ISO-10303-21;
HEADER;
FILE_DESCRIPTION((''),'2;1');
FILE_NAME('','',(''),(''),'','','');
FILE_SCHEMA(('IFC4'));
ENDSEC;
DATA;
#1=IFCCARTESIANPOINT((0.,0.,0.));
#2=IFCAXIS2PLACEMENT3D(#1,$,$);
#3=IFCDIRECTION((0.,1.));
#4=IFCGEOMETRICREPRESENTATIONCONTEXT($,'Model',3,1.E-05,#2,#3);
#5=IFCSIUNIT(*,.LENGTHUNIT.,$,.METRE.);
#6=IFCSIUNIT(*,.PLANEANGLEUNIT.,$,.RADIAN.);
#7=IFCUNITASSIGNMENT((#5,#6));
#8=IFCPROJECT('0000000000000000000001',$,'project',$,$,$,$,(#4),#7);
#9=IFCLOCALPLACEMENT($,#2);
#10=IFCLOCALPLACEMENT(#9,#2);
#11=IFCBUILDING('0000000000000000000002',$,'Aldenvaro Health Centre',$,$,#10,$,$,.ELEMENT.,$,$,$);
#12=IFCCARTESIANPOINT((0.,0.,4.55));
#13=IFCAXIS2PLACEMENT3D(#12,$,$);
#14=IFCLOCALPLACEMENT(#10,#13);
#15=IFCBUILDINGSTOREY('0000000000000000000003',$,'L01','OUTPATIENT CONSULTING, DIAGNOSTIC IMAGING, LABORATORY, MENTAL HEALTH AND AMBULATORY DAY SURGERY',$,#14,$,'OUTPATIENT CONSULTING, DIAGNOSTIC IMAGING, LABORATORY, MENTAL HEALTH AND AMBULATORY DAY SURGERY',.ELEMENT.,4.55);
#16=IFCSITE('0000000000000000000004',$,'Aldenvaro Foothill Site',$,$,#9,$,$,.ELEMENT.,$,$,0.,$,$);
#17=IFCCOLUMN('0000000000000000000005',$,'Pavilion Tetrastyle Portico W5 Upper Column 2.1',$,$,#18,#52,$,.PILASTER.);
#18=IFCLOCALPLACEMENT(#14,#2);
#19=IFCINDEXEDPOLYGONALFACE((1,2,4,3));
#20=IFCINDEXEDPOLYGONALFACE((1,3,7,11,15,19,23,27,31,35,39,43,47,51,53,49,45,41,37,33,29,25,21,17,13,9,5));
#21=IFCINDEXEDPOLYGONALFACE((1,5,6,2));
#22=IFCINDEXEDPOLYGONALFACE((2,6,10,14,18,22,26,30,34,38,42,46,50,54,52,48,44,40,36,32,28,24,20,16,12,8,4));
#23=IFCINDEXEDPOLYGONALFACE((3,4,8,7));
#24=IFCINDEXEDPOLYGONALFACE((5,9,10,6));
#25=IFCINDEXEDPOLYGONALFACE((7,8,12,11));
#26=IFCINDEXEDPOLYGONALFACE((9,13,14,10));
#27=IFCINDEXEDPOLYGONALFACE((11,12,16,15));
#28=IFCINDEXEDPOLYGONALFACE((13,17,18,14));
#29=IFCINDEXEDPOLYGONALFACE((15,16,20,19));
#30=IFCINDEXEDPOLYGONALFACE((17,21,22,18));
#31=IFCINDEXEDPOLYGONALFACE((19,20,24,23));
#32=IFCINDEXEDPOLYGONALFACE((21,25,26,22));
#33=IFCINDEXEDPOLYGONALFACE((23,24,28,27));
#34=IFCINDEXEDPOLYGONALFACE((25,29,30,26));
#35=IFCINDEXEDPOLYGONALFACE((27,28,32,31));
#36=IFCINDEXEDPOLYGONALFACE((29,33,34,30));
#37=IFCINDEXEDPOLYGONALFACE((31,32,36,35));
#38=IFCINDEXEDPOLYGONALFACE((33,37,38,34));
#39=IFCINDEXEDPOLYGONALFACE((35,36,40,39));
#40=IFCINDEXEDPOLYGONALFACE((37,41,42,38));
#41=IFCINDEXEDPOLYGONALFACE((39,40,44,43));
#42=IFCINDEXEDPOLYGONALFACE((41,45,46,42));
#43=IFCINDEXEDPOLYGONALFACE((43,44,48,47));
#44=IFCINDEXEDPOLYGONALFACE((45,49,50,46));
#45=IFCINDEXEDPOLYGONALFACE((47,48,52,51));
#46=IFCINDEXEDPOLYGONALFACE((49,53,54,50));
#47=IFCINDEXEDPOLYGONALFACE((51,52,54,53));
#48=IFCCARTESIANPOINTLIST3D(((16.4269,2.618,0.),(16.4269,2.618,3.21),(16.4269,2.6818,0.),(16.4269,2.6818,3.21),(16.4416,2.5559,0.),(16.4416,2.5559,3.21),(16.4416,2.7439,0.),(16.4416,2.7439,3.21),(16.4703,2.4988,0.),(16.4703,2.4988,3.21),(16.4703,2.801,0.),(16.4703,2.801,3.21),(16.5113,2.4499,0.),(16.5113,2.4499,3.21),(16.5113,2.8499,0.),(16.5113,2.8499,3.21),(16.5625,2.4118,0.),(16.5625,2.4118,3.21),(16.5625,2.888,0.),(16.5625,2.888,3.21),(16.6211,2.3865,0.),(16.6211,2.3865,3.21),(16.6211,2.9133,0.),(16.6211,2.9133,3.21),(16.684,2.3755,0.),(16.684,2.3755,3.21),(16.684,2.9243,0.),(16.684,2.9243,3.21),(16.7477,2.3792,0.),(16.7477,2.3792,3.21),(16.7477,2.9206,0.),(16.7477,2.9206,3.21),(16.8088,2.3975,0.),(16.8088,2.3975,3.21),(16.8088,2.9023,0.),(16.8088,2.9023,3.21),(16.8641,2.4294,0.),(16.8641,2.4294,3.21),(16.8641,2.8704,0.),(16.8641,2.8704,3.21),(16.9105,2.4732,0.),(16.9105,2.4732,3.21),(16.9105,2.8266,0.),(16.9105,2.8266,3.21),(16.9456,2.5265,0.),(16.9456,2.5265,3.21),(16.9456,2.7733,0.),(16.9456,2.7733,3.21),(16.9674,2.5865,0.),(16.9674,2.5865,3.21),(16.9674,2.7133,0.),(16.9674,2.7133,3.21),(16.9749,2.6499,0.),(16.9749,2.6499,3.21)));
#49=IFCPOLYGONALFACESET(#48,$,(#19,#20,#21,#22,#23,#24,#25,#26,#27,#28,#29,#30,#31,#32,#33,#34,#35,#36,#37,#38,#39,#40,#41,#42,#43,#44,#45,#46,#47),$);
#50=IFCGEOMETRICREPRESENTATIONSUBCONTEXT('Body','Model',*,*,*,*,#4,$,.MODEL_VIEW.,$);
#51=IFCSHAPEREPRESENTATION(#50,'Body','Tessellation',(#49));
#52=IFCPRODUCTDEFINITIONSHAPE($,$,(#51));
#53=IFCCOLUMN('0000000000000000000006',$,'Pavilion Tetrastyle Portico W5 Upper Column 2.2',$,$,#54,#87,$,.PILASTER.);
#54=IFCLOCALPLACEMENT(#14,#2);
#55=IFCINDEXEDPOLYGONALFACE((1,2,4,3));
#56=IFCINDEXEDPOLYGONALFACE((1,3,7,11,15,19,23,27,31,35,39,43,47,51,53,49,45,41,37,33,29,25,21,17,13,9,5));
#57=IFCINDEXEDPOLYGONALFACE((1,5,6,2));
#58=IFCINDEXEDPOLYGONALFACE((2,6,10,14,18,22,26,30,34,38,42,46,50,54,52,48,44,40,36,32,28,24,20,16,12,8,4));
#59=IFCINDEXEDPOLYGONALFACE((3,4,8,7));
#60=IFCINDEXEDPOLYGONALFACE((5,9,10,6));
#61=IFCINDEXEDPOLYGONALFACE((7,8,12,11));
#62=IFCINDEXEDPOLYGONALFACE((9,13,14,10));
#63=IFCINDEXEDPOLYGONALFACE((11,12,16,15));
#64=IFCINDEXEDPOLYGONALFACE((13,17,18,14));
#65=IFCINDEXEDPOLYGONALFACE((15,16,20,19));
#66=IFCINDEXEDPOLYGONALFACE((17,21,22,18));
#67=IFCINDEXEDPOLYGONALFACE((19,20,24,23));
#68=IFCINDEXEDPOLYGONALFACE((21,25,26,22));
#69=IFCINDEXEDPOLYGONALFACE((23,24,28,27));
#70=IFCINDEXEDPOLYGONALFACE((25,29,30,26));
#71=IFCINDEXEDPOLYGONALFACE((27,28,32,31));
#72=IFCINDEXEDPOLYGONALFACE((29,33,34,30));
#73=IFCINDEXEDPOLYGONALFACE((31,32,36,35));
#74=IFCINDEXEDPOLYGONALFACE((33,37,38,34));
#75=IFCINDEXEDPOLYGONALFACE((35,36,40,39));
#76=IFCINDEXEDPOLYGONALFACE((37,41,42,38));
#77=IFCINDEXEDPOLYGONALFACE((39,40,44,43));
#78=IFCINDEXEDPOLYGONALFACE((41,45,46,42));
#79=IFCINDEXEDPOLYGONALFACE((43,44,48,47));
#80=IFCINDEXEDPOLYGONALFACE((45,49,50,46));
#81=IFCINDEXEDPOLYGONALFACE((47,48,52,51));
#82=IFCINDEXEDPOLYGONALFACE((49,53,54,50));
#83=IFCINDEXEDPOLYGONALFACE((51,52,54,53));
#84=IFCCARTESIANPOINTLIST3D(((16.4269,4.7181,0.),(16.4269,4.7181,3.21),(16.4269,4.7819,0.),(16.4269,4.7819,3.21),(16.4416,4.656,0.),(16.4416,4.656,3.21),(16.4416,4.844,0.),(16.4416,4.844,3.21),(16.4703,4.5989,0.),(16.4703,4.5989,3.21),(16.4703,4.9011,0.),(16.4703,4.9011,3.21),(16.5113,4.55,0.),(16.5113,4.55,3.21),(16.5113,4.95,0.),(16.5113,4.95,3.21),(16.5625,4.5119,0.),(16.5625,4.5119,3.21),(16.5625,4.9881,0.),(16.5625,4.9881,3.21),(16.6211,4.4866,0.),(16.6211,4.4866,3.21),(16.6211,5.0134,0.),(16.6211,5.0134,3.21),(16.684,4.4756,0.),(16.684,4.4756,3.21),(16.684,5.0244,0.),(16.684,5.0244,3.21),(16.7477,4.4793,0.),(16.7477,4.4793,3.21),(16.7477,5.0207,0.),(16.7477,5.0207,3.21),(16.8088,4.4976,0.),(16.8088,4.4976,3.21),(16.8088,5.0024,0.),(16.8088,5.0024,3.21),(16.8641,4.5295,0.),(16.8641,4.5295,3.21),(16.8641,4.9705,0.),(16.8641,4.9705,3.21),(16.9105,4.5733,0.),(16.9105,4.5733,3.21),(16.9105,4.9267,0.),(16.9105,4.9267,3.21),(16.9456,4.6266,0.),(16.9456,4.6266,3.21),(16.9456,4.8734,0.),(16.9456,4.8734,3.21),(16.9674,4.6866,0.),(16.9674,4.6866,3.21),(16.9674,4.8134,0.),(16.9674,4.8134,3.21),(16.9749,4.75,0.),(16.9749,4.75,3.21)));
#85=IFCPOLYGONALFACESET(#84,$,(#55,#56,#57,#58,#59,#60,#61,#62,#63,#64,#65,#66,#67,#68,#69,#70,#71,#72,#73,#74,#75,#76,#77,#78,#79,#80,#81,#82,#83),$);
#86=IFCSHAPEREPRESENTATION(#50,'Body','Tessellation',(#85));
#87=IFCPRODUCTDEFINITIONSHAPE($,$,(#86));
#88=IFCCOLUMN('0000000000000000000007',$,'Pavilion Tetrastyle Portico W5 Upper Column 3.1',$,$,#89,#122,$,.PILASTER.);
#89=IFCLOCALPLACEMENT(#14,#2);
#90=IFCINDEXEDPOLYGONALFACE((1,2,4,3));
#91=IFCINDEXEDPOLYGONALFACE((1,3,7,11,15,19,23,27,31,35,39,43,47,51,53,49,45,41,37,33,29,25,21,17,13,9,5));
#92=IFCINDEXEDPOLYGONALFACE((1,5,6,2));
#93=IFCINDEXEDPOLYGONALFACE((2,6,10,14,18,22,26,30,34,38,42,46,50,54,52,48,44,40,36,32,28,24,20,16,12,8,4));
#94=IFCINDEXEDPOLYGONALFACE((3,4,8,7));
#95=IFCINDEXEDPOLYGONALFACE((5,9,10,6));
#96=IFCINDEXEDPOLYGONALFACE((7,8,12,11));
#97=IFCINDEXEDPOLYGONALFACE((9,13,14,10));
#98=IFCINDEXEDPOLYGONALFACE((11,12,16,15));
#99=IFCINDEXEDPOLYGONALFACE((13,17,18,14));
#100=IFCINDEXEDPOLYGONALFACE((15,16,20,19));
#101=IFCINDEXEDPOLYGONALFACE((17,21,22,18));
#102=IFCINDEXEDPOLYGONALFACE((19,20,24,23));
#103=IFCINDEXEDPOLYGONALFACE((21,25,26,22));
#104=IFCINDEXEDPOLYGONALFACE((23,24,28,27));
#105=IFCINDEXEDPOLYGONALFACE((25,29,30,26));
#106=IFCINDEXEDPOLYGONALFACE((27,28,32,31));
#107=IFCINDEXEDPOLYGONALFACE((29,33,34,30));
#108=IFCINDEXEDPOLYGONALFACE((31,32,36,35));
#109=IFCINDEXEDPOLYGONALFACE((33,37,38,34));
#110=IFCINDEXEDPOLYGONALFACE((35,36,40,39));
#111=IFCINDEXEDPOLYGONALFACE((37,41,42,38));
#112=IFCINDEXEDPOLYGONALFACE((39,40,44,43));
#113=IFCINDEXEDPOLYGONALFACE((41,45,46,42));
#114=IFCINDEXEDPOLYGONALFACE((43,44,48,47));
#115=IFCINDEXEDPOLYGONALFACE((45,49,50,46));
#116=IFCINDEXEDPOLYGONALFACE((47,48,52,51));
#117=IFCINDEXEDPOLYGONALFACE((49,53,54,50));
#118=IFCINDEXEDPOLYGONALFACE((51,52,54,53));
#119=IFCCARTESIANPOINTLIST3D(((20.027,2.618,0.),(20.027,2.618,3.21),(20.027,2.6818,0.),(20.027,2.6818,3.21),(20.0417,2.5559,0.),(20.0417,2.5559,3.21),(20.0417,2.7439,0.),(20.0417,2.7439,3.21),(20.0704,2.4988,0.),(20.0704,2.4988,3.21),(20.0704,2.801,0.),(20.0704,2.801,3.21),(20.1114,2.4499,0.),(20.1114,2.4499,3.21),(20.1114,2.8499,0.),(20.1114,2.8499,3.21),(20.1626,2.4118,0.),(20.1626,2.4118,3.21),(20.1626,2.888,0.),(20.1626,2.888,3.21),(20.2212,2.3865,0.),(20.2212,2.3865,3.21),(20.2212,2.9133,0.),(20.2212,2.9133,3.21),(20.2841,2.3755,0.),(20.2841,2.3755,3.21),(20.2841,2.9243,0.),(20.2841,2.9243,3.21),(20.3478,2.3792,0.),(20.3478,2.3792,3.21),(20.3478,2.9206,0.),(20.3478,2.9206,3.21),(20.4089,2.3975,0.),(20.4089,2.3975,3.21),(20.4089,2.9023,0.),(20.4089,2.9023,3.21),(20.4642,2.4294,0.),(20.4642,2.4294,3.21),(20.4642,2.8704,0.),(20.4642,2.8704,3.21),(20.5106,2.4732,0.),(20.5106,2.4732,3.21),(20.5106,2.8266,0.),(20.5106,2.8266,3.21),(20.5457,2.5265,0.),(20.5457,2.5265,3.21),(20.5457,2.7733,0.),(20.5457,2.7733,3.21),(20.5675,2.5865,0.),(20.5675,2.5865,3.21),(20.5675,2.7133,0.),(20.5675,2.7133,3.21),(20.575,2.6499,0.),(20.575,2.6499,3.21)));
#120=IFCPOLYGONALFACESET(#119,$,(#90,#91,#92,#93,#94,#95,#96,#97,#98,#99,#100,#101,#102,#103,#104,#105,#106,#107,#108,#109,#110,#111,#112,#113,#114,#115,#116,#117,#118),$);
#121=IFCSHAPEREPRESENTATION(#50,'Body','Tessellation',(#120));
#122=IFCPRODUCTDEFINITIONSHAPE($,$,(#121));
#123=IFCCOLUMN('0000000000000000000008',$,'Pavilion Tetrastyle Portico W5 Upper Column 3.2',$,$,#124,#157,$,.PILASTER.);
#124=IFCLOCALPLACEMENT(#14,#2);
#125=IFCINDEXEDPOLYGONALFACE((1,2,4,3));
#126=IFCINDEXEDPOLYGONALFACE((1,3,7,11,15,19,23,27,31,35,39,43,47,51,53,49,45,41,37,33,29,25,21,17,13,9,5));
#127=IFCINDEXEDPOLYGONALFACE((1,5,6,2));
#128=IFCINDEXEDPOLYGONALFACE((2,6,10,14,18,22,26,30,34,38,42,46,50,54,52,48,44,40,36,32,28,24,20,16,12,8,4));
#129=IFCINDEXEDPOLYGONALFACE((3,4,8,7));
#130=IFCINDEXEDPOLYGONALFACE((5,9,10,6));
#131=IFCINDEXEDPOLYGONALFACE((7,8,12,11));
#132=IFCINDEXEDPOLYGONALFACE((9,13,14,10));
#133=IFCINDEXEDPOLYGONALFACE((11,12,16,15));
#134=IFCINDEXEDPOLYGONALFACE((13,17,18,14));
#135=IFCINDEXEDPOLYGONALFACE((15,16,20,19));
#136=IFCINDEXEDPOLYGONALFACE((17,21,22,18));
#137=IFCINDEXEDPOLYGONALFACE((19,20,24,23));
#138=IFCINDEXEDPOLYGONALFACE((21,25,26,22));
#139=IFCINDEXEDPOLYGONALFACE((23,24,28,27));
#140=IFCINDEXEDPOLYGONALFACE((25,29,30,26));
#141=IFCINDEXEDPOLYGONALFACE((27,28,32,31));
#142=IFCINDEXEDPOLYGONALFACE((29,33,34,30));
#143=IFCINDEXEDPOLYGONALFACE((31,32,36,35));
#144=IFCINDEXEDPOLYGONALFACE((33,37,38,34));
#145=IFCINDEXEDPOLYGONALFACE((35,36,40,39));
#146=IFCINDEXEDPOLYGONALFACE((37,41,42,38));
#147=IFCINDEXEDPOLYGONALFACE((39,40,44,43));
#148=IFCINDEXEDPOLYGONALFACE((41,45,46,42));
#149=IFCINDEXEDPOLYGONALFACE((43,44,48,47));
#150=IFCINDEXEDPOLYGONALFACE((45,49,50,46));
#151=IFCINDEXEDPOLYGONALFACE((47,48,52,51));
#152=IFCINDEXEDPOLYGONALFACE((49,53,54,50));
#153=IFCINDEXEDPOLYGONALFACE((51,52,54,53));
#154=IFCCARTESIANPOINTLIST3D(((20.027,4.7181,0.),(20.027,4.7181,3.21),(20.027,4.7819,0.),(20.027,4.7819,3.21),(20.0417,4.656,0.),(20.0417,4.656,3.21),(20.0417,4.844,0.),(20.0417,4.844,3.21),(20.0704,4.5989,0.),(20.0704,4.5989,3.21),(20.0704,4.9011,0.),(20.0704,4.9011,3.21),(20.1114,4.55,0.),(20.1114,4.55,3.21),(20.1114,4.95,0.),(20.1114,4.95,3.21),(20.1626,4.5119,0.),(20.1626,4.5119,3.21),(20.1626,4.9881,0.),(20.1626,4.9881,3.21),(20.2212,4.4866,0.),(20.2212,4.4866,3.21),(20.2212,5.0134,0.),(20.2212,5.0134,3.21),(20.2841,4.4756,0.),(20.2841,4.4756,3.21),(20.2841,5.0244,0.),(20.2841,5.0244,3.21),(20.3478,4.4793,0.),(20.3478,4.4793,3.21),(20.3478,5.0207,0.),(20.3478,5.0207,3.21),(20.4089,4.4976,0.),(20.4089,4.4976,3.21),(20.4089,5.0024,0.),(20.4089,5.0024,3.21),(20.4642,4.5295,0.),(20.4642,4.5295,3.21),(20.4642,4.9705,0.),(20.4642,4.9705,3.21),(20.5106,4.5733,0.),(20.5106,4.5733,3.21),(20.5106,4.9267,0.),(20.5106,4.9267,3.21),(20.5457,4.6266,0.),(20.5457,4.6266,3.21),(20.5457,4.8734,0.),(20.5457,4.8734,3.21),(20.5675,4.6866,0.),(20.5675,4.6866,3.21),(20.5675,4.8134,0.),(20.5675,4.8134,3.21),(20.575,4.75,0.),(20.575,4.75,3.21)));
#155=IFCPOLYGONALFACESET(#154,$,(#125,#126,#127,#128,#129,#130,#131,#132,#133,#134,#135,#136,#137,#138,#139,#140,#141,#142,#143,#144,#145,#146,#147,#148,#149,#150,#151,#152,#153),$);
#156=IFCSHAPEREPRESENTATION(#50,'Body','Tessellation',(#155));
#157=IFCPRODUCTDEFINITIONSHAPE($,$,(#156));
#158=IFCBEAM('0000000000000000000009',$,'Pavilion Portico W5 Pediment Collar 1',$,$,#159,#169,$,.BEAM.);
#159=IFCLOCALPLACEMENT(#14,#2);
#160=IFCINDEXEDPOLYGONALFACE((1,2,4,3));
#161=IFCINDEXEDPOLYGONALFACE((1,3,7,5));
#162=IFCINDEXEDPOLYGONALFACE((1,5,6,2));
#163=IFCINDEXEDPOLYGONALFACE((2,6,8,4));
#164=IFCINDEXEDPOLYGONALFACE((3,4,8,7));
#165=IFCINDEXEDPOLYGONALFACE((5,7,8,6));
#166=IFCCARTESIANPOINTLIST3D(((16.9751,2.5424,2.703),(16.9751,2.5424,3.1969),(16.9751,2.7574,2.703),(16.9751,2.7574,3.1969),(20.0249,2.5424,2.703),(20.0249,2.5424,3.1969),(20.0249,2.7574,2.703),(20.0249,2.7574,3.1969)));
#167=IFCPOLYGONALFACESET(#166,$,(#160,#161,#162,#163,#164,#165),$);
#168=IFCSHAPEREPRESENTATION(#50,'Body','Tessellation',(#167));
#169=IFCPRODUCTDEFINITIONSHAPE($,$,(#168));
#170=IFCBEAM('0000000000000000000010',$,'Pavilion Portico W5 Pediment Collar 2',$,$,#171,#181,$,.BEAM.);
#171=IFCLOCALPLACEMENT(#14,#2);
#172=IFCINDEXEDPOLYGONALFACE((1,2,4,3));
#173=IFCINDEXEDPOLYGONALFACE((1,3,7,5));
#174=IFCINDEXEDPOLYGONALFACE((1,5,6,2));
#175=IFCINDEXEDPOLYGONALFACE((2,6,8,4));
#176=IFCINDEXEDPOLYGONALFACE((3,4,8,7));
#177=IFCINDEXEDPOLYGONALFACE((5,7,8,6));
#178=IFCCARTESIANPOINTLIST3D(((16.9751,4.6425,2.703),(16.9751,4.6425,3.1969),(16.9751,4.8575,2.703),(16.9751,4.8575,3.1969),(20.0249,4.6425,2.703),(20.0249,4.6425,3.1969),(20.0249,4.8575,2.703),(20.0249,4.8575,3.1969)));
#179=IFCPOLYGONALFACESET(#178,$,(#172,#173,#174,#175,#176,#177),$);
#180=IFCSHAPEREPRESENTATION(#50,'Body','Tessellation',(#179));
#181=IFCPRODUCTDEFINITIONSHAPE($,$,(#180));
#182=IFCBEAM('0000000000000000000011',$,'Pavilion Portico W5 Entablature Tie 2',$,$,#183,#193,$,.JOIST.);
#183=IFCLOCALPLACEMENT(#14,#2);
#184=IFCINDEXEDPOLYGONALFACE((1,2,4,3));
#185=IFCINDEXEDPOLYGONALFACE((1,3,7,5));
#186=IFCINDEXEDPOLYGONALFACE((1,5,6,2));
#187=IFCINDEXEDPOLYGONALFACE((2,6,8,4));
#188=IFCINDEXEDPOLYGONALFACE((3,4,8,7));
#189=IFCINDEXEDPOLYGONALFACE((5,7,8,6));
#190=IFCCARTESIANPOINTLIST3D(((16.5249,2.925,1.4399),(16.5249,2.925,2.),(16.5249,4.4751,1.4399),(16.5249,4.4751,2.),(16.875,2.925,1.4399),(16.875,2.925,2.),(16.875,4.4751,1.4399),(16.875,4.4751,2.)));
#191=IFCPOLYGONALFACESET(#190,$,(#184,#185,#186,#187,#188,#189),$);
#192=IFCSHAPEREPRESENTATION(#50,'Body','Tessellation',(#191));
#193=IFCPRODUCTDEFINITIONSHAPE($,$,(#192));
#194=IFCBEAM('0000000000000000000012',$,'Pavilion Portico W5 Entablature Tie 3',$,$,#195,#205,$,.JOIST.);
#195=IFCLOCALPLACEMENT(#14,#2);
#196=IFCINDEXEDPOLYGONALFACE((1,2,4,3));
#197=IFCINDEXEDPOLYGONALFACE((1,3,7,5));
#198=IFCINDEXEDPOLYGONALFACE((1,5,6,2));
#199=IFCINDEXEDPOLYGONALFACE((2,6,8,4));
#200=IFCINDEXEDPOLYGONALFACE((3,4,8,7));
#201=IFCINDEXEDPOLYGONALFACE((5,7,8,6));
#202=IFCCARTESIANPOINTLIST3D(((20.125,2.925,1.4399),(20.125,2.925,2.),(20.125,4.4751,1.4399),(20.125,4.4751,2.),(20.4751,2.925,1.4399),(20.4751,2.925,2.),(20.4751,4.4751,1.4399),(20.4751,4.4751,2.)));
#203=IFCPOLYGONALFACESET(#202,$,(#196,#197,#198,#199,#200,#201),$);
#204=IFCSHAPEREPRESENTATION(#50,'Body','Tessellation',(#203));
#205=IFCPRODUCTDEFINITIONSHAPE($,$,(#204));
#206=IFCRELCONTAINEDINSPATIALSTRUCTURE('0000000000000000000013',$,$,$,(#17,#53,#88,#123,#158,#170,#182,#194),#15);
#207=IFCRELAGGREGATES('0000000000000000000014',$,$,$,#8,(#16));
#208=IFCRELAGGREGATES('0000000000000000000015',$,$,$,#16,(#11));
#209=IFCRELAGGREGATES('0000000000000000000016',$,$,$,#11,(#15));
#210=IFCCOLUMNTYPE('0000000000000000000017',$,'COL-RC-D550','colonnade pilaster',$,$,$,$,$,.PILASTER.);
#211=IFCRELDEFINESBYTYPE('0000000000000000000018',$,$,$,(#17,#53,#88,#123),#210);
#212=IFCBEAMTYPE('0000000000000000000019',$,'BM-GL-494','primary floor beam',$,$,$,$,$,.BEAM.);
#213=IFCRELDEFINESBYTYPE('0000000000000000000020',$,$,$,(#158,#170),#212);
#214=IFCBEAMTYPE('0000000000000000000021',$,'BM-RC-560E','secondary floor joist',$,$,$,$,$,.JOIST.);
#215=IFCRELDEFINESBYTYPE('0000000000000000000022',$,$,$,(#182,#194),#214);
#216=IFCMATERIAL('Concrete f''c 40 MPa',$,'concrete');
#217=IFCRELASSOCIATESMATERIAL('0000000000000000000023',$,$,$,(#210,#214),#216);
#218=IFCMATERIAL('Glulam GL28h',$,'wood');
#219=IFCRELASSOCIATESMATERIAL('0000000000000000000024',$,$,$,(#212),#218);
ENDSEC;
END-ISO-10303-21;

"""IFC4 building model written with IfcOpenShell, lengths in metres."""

from ifc_helpers import new_model, si_unit, direction, frame, origin, origin_2d, place, context, subcontext, project, spatial, rectangle, circle, extrude, material, material_profile, profile_set, type_object, element, save


model = new_model("IFC4")

# Units and contexts
model_context = context("Model", 3, precision=1e-05, world=origin(), true_north=direction((0.0, 1.0)))
body_context = subcontext(model_context, "Body", "Model", "MODEL_VIEW")
ifc_project = project(units=[si_unit("LENGTHUNIT", "METRE"), si_unit("PLANEANGLEUNIT", "RADIAN")], contexts=[model_context])

# Site, building, storey
site_placement = place(None, origin())
site = spatial("IfcSite", under=ifc_project, at=site_placement, Name="Aldenvaro Foothill Site", CompositionType="ELEMENT", RefElevation=0.0)
building_placement = place(site_placement, origin())
building = spatial("IfcBuilding", under=site, at=building_placement, Name="Aldenvaro Health Centre", CompositionType="ELEMENT")
storey_placement = place(building_placement, frame((0.0, 0.0, 4.55)))
storey = spatial("IfcBuildingStorey", under=building, at=storey_placement, Name="L01", Description="OUTPATIENT CONSULTING, DIAGNOSTIC IMAGING, LABORATORY, MENTAL HEALTH AND AMBULATORY DAY SURGERY", LongName="OUTPATIENT CONSULTING, DIAGNOSTIC IMAGING, LABORATORY, MENTAL HEALTH AND AMBULATORY DAY SURGERY", CompositionType="ELEMENT", Elevation=4.55)

# Columns
ifc_material_1 = material(Name="Concrete f'c 40 MPa", Category="concrete")
ifc_material_profile_1 = material_profile(ifc_material_1, circle(Radius=0.2749, at=origin_2d()), Name="RC D550", Category="concrete")
ifc_profile_set_1 = profile_set([ifc_material_profile_1], Name="Concrete f'c 40 MPa")
column_type = type_object("IfcColumnType", Name="COL-RC-D550", Description="colonnade pilaster", PredefinedType="PILASTER", material=ifc_profile_set_1)
for number, where, z_axis, x_axis, name in (
    (1, (16.7, 2.6499, 0.0), (0.0, 0.0, 1.0), (1.0, 0.0, 0.0), "Pavilion Tetrastyle Portico W5 Upper Column 2.1"),
    (2, (16.7, 4.75, 0.0), (0.0, 0.0, 1.0), (1.0, 0.0, 0.0), "Pavilion Tetrastyle Portico W5 Upper Column 2.2"),
    (3, (20.3, 2.6499, 0.0), (0.0, 0.0, 1.0), (1.0, 0.0, 0.0), "Pavilion Tetrastyle Portico W5 Upper Column 3.1"),
    (4, (20.3, 4.75, 0.0), (0.0, 0.0, 1.0), (1.0, 0.0, 0.0), "Pavilion Tetrastyle Portico W5 Upper Column 3.2"),
):
    element("IfcColumn", number, at=place(storey_placement, frame(where, z_axis=z_axis, x_axis=x_axis)), inside=storey, type_object=column_type, Name=name, PredefinedType="PILASTER", context=body_context, shape_type="SweptSolid", body=[
        extrude(circle(Radius=0.2749, at=origin_2d()), origin(), (0.0, 0.0, 1.0), 3.21),
    ])

# Beams
ifc_material_2 = material(Name="Glulam GL28h", Category="wood")
ifc_material_profile_2 = material_profile(ifc_material_2, rectangle(XDim=0.2151, YDim=0.4939, at=origin_2d()), Name="GL 215x494", Category="wood")
ifc_profile_set_2 = profile_set([ifc_material_profile_2], Name="Glulam GL28h")
beam_type_1 = type_object("IfcBeamType", Name="BM-GL-494", Description="primary floor beam", PredefinedType="BEAM", material=ifc_profile_set_2)
for number, where, z_axis, x_axis, name in (
    (5, (16.9751, 2.6499, 2.95), (1.0, 0.0, 0.0), (0.0, 1.0, 0.0), "Pavilion Portico W5 Pediment Collar 1"),
    (6, (16.9751, 4.75, 2.95), (1.0, 0.0, 0.0), (0.0, 1.0, 0.0), "Pavilion Portico W5 Pediment Collar 2"),
):
    element("IfcBeam", number, at=place(storey_placement, frame(where, z_axis=z_axis, x_axis=x_axis)), inside=storey, type_object=beam_type_1, Name=name, PredefinedType="BEAM", context=body_context, shape_type="SweptSolid", body=[
        extrude(rectangle(XDim=0.2151, YDim=0.4939, at=origin_2d()), origin(), (0.0, 0.0, 1.0), 3.0498),
    ])
ifc_material_profile_3 = material_profile(ifc_material_1, rectangle(XDim=0.3501, YDim=0.5601, at=origin_2d()), Name="RC 350x560", Category="concrete")
ifc_profile_set_3 = profile_set([ifc_material_profile_3], Name="Concrete f'c 40 MPa")
beam_type_2 = type_object("IfcBeamType", Name="BM-RC-560E", Description="secondary floor joist", PredefinedType="JOIST", material=ifc_profile_set_3)
for number, where, z_axis, x_axis, name in (
    (7, (16.7, 2.925, 1.72), (0.0, 1.0, 0.0), (-1.0, 0.0, 0.0), "Pavilion Portico W5 Entablature Tie 2"),
    (8, (20.3, 2.925, 1.72), (0.0, 1.0, 0.0), (-1.0, 0.0, 0.0), "Pavilion Portico W5 Entablature Tie 3"),
):
    element("IfcBeam", number, at=place(storey_placement, frame(where, z_axis=z_axis, x_axis=x_axis)), inside=storey, type_object=beam_type_2, Name=name, PredefinedType="JOIST", context=body_context, shape_type="SweptSolid", body=[
        extrude(rectangle(XDim=0.3501, YDim=0.5601, at=origin_2d()), origin(), (0.0, 0.0, 1.0), 1.55),
    ])

save(model, "model.ifc")
